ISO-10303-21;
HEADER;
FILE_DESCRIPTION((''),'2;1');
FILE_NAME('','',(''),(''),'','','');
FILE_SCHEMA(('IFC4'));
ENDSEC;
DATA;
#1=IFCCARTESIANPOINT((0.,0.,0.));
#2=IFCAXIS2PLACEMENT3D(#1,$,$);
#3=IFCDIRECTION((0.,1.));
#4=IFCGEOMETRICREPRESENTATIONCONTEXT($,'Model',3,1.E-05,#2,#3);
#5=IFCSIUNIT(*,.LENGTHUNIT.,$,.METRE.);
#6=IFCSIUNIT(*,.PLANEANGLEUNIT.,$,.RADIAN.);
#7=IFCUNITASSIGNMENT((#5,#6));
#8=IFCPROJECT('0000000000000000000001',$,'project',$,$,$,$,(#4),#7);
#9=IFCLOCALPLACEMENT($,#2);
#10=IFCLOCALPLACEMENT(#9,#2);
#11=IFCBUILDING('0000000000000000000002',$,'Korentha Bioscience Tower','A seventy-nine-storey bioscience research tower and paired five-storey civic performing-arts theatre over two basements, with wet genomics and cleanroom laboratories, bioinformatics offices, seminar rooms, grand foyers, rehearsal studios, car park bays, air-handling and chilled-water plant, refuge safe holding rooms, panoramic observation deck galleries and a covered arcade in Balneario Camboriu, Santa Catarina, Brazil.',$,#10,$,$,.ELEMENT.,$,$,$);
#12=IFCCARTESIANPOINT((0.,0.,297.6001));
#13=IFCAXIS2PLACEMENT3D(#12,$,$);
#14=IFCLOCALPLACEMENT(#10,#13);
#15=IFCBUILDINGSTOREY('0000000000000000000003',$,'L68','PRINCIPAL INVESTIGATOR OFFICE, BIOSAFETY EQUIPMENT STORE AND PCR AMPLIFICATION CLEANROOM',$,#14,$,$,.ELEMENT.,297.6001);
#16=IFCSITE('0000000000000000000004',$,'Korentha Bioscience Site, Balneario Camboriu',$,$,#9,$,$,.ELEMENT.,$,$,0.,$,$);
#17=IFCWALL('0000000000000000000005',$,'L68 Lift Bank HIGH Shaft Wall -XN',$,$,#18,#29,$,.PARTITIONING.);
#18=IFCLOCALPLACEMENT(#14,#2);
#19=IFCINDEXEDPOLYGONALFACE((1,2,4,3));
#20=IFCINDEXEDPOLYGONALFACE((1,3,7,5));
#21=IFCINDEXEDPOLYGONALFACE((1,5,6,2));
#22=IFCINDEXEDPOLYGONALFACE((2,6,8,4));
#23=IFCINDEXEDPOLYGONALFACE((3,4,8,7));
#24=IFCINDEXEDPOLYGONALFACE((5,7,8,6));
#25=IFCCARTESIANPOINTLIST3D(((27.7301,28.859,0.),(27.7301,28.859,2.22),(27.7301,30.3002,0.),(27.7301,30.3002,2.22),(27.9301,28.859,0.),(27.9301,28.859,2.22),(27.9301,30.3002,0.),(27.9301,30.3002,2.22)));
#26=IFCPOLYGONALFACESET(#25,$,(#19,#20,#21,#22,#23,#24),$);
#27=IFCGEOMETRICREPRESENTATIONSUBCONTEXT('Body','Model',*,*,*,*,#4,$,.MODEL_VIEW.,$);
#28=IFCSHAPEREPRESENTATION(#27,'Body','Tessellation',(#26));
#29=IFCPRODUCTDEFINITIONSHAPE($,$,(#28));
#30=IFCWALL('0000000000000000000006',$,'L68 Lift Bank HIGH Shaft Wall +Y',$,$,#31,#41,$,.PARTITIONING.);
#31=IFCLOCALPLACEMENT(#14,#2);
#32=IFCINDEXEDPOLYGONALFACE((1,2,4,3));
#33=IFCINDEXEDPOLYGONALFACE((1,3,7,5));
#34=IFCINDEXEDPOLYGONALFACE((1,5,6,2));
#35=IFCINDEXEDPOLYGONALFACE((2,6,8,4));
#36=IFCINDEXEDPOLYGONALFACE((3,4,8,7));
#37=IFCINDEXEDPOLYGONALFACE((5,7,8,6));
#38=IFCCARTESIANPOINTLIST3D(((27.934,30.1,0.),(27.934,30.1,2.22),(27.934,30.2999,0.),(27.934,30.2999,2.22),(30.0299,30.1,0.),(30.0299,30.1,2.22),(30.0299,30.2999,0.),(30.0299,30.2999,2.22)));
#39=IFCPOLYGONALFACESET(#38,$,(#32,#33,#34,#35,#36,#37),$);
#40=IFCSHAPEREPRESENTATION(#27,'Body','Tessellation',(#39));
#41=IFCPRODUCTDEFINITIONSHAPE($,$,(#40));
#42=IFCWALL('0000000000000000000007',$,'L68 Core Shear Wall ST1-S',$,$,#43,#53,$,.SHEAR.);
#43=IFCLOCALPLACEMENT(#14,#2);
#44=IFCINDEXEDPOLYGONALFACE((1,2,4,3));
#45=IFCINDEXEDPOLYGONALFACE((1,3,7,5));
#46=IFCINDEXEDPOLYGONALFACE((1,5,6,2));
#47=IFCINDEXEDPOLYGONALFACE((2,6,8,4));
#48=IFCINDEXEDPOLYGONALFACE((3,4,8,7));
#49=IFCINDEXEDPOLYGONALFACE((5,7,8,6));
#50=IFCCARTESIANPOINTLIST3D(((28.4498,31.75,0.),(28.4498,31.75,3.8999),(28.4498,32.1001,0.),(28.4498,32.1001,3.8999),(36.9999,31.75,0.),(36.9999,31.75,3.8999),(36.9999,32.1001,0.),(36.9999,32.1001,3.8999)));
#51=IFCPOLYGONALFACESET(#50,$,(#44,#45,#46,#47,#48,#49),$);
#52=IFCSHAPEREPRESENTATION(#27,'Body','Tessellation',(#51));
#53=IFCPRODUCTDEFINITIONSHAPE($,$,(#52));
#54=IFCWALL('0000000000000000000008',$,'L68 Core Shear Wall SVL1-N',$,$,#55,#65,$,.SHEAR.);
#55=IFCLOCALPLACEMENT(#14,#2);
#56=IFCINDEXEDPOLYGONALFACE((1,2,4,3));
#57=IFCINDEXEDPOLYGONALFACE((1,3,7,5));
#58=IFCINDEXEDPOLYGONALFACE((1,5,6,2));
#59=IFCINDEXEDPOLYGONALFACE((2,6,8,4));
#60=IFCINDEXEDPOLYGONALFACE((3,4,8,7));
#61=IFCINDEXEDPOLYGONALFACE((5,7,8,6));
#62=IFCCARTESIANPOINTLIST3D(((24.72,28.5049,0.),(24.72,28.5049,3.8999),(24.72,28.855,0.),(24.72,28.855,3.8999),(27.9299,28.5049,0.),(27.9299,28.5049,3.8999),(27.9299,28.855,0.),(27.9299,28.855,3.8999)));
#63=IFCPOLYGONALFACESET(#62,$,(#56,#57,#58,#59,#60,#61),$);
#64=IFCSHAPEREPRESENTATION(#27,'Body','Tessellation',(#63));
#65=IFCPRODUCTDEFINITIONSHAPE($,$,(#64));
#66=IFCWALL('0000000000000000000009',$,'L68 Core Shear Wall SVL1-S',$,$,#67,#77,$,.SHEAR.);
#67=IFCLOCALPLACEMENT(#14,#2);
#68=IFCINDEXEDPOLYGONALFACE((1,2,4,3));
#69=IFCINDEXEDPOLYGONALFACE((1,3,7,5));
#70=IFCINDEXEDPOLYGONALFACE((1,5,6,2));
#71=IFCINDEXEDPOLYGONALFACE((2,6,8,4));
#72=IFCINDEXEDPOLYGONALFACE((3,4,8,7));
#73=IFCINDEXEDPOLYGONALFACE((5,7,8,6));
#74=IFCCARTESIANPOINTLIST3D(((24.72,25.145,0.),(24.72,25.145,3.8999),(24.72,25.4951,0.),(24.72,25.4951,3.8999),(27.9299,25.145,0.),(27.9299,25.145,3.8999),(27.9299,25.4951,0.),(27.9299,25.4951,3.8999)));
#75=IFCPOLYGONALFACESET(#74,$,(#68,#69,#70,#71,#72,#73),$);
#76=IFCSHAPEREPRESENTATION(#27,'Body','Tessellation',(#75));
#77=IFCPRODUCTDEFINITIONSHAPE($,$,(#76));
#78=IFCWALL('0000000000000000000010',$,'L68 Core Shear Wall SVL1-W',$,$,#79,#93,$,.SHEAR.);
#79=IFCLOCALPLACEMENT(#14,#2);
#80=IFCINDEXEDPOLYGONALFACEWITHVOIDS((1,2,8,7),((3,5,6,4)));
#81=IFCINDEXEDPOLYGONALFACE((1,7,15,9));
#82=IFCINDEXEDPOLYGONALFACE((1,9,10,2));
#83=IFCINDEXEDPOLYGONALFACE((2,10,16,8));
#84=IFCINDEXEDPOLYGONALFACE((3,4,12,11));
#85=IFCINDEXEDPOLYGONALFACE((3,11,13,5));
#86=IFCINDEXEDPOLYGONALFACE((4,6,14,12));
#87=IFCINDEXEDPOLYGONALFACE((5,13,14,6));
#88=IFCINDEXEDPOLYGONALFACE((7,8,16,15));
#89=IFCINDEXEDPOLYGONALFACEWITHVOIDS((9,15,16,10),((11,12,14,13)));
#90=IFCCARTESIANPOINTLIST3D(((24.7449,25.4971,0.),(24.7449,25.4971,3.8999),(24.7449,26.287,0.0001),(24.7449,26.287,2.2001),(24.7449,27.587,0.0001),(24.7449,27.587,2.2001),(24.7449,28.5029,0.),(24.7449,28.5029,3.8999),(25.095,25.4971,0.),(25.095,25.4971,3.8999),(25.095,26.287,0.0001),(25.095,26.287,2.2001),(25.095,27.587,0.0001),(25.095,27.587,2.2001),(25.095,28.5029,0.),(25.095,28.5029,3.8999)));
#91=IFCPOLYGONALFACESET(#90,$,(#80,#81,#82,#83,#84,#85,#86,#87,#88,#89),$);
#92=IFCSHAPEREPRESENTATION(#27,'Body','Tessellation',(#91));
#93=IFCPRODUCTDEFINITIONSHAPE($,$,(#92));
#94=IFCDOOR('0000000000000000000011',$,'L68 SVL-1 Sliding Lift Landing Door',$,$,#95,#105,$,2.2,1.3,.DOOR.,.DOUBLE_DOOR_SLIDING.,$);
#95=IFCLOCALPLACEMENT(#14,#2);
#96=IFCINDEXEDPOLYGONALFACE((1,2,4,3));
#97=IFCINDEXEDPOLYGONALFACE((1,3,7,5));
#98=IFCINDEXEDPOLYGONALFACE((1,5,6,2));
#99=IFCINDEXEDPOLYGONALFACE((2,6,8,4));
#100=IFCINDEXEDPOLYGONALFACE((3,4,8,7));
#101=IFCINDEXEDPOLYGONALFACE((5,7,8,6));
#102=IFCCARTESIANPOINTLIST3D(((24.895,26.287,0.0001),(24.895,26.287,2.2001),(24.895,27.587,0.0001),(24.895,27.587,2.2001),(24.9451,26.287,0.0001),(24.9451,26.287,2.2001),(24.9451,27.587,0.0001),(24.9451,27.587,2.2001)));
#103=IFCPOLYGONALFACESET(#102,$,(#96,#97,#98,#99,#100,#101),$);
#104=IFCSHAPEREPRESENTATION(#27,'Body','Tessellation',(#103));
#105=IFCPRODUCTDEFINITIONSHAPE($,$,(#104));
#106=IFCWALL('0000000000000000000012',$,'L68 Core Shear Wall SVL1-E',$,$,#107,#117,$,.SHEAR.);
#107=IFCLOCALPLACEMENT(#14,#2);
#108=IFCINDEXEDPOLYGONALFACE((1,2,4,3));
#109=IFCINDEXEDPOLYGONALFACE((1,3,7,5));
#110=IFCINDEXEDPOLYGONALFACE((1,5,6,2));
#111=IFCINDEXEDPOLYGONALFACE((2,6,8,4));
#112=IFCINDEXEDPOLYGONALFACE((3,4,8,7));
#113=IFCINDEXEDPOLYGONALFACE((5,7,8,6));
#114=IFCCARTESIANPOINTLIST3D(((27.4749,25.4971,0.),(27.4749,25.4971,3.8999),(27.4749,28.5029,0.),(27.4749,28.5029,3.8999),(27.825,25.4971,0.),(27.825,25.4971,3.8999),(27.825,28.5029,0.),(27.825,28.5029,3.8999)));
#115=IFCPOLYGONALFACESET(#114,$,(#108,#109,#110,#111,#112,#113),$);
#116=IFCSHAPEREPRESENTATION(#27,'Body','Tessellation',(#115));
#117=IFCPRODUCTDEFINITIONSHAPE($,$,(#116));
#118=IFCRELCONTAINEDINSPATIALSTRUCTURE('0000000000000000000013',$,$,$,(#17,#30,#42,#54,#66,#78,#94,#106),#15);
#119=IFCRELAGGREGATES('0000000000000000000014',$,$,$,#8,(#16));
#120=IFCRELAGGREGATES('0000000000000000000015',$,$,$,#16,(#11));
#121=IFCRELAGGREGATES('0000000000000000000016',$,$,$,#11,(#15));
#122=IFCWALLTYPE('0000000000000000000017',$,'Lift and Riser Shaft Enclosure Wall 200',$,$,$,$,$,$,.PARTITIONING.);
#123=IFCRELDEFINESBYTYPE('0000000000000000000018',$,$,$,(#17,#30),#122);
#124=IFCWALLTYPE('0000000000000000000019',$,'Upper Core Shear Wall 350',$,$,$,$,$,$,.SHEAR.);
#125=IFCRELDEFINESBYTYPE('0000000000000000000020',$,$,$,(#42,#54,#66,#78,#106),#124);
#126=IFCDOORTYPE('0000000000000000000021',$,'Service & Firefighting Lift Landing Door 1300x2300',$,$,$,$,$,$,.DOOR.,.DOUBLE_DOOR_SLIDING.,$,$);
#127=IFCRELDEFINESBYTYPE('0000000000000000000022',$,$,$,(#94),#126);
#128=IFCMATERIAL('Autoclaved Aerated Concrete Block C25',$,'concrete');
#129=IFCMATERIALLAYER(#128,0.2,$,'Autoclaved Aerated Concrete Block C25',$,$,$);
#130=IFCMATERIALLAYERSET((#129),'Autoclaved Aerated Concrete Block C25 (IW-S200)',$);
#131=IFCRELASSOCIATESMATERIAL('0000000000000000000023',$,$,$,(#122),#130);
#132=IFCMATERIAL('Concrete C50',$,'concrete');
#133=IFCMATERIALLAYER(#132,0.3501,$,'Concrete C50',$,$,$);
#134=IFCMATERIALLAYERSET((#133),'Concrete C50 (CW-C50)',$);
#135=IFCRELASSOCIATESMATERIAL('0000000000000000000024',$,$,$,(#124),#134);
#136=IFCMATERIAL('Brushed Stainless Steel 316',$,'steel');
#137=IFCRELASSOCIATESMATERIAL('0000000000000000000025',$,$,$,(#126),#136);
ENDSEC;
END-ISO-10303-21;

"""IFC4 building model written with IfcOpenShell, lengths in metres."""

from ifc_helpers import new_model, si_unit, direction, frame, frame_2d, origin, place, context, subcontext, project, spatial, rectangle, extrude, material, layer, layer_set, type_object, element, fill, save


model = new_model("IFC4")

# Units and contexts
model_context = context("Model", 3, precision=1e-05, world=origin(), true_north=direction((0.0, 1.0)))
body_context = subcontext(model_context, "Body", "Model", "MODEL_VIEW")
ifc_project = project(units=[si_unit("LENGTHUNIT", "METRE"), si_unit("PLANEANGLEUNIT", "RADIAN")], contexts=[model_context])

# Site, building, storey
site_placement = place(None, origin())
site = spatial("IfcSite", under=ifc_project, at=site_placement, Name="Korentha Bioscience Site, Balneario Camboriu", CompositionType="ELEMENT", RefElevation=0.0)
building_placement = place(site_placement, origin())
building = spatial("IfcBuilding", under=site, at=building_placement, Name="Korentha Bioscience Tower", Description="A seventy-nine-storey bioscience research tower and paired five-storey civic performing-arts theatre over two basements, with wet genomics and cleanroom laboratories, bioinformatics offices, seminar rooms, grand foyers, rehearsal studios, car park bays, air-handling and chilled-water plant, refuge safe holding rooms, panoramic observation deck galleries and a covered arcade in Balneario Camboriu, Santa Catarina, Brazil.", CompositionType="ELEMENT")
storey_placement = place(building_placement, frame((0.0, 0.0, 297.6001)))
storey = spatial("IfcBuildingStorey", under=building, at=storey_placement, Name="L68", Description="PRINCIPAL INVESTIGATOR OFFICE, BIOSAFETY EQUIPMENT STORE AND PCR AMPLIFICATION CLEANROOM", CompositionType="ELEMENT", Elevation=297.6001)

# Walls
ifc_material_1 = material(Name="Autoclaved Aerated Concrete Block C25", Category="concrete")
ifc_layer_1 = layer(ifc_material_1, 0.2, Name="Autoclaved Aerated Concrete Block C25")
ifc_layer_set_1 = layer_set([ifc_layer_1], Name="Autoclaved Aerated Concrete Block C25 (IW-S200)")
wall_type_1 = type_object("IfcWallType", Name="Lift and Riser Shaft Enclosure Wall 200", PredefinedType="PARTITIONING", material=ifc_layer_set_1)
wall_1_placement = place(storey_placement, frame((27.8301, 28.8589, 0.0), z_axis=(0.0, 0.0, 1.0), x_axis=(0.0, 1.0, 0.0)))
element("IfcWall", 1, at=wall_1_placement, inside=storey, type_object=wall_type_1, Name="L68 Lift Bank HIGH Shaft Wall -XN", PredefinedType="PARTITIONING", context=body_context, shape_type="SweptSolid", body=[
    extrude(rectangle(XDim=1.4412, YDim=0.2, at=frame_2d((0.7207, 0.0))), origin(), (0.0, 0.0, 1.0), 2.22),
])
wall_2_placement = place(storey_placement, frame((27.9341, 30.2, 0.0), z_axis=(0.0, 0.0, 1.0), x_axis=(1.0, 0.0, 0.0)))
element("IfcWall", 2, at=wall_2_placement, inside=storey, type_object=wall_type_1, Name="L68 Lift Bank HIGH Shaft Wall +Y", PredefinedType="PARTITIONING", context=body_context, shape_type="SweptSolid", body=[
    extrude(rectangle(XDim=2.0959, YDim=0.2, at=frame_2d((1.0479, 0.0))), origin(), (0.0, 0.0, 1.0), 2.22),
])
ifc_material_2 = material(Name="Concrete C50", Category="concrete")
ifc_layer_2 = layer(ifc_material_2, 0.3501, Name="Concrete C50")
ifc_layer_set_2 = layer_set([ifc_layer_2], Name="Concrete C50 (CW-C50)")
wall_type_2 = type_object("IfcWallType", Name="Upper Core Shear Wall 350", PredefinedType="SHEAR", material=ifc_layer_set_2)
wall_3_placement = place(storey_placement, frame((28.45, 31.925, 0.0), z_axis=(0.0, 0.0, 1.0), x_axis=(1.0, 0.0, 0.0)))
element("IfcWall", 3, at=wall_3_placement, inside=storey, type_object=wall_type_2, Name="L68 Core Shear Wall ST1-S", PredefinedType="SHEAR", context=body_context, shape_type="SweptSolid", body=[
    extrude(rectangle(XDim=8.55, YDim=0.3501, at=frame_2d((4.2749, 0.0))), origin(), (0.0, 0.0, 1.0), 3.8999),
])

# Walls
for number, where, z_axis, x_axis, name in (
    (4, (24.72, 28.6799, 0.0), (0.0, 0.0, 1.0), (1.0, 0.0, 0.0), "L68 Core Shear Wall SVL1-N"),
    (5, (24.72, 25.3201, 0.0), (0.0, 0.0, 1.0), (1.0, 0.0, 0.0), "L68 Core Shear Wall SVL1-S"),
):
    element("IfcWall", number, at=place(storey_placement, frame(where, z_axis=z_axis, x_axis=x_axis)), inside=storey, type_object=wall_type_2, Name=name, PredefinedType="SHEAR", context=body_context, shape_type="SweptSolid", body=[
        extrude(rectangle(XDim=3.21, YDim=0.3501, at=frame_2d((1.605, 0.0))), origin(), (0.0, 0.0, 1.0), 3.8999),
    ])

# Wall, opening, door
wall_4_placement = place(storey_placement, frame((24.9199, 25.4971, 0.0), z_axis=(0.0, 0.0, 1.0), x_axis=(0.0, 1.0, 0.0)))
wall_4 = element("IfcWall", 6, at=wall_4_placement, inside=storey, type_object=wall_type_2, Name="L68 Core Shear Wall SVL1-W", PredefinedType="SHEAR", context=body_context, shape_type="SweptSolid", body=[
    extrude(rectangle(XDim=3.0059, YDim=0.3501, at=frame_2d((1.5029, 0.0))), origin(), (0.0, 0.0, 1.0), 3.8999),
])
opening_1_placement = place(wall_4_placement, frame((0.79, 0.0, 0.0)))
opening_1 = element("IfcOpeningElement", 7, at=opening_1_placement, cuts=wall_4, PredefinedType="OPENING", context=body_context, shape_type="SweptSolid", body=[
    extrude(rectangle(XDim=1.3, YDim=2.2, at=frame_2d((0.6499, 1.1001))), frame((0.0, 0.1899, 0.0), z_axis=(0.0, -1.0, 0.0), x_axis=(1.0, 0.0, 0.0)), (0.0, 0.0, 1.0), 0.3799),
])
ifc_material_3 = material(Name="Brushed Stainless Steel 316", Category="steel")
door_type_1 = type_object("IfcDoorType", Name="Service & Firefighting Lift Landing Door 1300x2300", OperationType="DOUBLE_DOOR_SLIDING", PredefinedType="DOOR", material=ifc_material_3)
door_1_placement = place(opening_1_placement, origin())
door_1 = element("IfcDoor", 8, at=door_1_placement, inside=storey, type_object=door_type_1, Name="L68 SVL-1 Sliding Lift Landing Door", OperationType="DOUBLE_DOOR_SLIDING", OverallHeight=2.2, OverallWidth=1.3, PredefinedType="DOOR", context=body_context, shape_type="SweptSolid", body=[
    extrude(rectangle(XDim=1.3, YDim=2.2, at=frame_2d((0.6499, 1.1001))), frame((0.0, 0.0249, 0.0), z_axis=(0.0, -1.0, 0.0), x_axis=(1.0, 0.0, 0.0)), (0.0, 0.0, 1.0), 0.05),
])
fill(opening_1, door_1)

# Wall
wall_5_placement = place(storey_placement, frame((27.6499, 25.4971, 0.0), z_axis=(0.0, 0.0, 1.0), x_axis=(0.0, 1.0, 0.0)))
element("IfcWall", 9, at=wall_5_placement, inside=storey, type_object=wall_type_2, Name="L68 Core Shear Wall SVL1-E", PredefinedType="SHEAR", context=body_context, shape_type="SweptSolid", body=[
    extrude(rectangle(XDim=3.0059, YDim=0.3501, at=frame_2d((1.5029, 0.0))), origin(), (0.0, 0.0, 1.0), 3.8999),
])

save(model, "model.ifc")
